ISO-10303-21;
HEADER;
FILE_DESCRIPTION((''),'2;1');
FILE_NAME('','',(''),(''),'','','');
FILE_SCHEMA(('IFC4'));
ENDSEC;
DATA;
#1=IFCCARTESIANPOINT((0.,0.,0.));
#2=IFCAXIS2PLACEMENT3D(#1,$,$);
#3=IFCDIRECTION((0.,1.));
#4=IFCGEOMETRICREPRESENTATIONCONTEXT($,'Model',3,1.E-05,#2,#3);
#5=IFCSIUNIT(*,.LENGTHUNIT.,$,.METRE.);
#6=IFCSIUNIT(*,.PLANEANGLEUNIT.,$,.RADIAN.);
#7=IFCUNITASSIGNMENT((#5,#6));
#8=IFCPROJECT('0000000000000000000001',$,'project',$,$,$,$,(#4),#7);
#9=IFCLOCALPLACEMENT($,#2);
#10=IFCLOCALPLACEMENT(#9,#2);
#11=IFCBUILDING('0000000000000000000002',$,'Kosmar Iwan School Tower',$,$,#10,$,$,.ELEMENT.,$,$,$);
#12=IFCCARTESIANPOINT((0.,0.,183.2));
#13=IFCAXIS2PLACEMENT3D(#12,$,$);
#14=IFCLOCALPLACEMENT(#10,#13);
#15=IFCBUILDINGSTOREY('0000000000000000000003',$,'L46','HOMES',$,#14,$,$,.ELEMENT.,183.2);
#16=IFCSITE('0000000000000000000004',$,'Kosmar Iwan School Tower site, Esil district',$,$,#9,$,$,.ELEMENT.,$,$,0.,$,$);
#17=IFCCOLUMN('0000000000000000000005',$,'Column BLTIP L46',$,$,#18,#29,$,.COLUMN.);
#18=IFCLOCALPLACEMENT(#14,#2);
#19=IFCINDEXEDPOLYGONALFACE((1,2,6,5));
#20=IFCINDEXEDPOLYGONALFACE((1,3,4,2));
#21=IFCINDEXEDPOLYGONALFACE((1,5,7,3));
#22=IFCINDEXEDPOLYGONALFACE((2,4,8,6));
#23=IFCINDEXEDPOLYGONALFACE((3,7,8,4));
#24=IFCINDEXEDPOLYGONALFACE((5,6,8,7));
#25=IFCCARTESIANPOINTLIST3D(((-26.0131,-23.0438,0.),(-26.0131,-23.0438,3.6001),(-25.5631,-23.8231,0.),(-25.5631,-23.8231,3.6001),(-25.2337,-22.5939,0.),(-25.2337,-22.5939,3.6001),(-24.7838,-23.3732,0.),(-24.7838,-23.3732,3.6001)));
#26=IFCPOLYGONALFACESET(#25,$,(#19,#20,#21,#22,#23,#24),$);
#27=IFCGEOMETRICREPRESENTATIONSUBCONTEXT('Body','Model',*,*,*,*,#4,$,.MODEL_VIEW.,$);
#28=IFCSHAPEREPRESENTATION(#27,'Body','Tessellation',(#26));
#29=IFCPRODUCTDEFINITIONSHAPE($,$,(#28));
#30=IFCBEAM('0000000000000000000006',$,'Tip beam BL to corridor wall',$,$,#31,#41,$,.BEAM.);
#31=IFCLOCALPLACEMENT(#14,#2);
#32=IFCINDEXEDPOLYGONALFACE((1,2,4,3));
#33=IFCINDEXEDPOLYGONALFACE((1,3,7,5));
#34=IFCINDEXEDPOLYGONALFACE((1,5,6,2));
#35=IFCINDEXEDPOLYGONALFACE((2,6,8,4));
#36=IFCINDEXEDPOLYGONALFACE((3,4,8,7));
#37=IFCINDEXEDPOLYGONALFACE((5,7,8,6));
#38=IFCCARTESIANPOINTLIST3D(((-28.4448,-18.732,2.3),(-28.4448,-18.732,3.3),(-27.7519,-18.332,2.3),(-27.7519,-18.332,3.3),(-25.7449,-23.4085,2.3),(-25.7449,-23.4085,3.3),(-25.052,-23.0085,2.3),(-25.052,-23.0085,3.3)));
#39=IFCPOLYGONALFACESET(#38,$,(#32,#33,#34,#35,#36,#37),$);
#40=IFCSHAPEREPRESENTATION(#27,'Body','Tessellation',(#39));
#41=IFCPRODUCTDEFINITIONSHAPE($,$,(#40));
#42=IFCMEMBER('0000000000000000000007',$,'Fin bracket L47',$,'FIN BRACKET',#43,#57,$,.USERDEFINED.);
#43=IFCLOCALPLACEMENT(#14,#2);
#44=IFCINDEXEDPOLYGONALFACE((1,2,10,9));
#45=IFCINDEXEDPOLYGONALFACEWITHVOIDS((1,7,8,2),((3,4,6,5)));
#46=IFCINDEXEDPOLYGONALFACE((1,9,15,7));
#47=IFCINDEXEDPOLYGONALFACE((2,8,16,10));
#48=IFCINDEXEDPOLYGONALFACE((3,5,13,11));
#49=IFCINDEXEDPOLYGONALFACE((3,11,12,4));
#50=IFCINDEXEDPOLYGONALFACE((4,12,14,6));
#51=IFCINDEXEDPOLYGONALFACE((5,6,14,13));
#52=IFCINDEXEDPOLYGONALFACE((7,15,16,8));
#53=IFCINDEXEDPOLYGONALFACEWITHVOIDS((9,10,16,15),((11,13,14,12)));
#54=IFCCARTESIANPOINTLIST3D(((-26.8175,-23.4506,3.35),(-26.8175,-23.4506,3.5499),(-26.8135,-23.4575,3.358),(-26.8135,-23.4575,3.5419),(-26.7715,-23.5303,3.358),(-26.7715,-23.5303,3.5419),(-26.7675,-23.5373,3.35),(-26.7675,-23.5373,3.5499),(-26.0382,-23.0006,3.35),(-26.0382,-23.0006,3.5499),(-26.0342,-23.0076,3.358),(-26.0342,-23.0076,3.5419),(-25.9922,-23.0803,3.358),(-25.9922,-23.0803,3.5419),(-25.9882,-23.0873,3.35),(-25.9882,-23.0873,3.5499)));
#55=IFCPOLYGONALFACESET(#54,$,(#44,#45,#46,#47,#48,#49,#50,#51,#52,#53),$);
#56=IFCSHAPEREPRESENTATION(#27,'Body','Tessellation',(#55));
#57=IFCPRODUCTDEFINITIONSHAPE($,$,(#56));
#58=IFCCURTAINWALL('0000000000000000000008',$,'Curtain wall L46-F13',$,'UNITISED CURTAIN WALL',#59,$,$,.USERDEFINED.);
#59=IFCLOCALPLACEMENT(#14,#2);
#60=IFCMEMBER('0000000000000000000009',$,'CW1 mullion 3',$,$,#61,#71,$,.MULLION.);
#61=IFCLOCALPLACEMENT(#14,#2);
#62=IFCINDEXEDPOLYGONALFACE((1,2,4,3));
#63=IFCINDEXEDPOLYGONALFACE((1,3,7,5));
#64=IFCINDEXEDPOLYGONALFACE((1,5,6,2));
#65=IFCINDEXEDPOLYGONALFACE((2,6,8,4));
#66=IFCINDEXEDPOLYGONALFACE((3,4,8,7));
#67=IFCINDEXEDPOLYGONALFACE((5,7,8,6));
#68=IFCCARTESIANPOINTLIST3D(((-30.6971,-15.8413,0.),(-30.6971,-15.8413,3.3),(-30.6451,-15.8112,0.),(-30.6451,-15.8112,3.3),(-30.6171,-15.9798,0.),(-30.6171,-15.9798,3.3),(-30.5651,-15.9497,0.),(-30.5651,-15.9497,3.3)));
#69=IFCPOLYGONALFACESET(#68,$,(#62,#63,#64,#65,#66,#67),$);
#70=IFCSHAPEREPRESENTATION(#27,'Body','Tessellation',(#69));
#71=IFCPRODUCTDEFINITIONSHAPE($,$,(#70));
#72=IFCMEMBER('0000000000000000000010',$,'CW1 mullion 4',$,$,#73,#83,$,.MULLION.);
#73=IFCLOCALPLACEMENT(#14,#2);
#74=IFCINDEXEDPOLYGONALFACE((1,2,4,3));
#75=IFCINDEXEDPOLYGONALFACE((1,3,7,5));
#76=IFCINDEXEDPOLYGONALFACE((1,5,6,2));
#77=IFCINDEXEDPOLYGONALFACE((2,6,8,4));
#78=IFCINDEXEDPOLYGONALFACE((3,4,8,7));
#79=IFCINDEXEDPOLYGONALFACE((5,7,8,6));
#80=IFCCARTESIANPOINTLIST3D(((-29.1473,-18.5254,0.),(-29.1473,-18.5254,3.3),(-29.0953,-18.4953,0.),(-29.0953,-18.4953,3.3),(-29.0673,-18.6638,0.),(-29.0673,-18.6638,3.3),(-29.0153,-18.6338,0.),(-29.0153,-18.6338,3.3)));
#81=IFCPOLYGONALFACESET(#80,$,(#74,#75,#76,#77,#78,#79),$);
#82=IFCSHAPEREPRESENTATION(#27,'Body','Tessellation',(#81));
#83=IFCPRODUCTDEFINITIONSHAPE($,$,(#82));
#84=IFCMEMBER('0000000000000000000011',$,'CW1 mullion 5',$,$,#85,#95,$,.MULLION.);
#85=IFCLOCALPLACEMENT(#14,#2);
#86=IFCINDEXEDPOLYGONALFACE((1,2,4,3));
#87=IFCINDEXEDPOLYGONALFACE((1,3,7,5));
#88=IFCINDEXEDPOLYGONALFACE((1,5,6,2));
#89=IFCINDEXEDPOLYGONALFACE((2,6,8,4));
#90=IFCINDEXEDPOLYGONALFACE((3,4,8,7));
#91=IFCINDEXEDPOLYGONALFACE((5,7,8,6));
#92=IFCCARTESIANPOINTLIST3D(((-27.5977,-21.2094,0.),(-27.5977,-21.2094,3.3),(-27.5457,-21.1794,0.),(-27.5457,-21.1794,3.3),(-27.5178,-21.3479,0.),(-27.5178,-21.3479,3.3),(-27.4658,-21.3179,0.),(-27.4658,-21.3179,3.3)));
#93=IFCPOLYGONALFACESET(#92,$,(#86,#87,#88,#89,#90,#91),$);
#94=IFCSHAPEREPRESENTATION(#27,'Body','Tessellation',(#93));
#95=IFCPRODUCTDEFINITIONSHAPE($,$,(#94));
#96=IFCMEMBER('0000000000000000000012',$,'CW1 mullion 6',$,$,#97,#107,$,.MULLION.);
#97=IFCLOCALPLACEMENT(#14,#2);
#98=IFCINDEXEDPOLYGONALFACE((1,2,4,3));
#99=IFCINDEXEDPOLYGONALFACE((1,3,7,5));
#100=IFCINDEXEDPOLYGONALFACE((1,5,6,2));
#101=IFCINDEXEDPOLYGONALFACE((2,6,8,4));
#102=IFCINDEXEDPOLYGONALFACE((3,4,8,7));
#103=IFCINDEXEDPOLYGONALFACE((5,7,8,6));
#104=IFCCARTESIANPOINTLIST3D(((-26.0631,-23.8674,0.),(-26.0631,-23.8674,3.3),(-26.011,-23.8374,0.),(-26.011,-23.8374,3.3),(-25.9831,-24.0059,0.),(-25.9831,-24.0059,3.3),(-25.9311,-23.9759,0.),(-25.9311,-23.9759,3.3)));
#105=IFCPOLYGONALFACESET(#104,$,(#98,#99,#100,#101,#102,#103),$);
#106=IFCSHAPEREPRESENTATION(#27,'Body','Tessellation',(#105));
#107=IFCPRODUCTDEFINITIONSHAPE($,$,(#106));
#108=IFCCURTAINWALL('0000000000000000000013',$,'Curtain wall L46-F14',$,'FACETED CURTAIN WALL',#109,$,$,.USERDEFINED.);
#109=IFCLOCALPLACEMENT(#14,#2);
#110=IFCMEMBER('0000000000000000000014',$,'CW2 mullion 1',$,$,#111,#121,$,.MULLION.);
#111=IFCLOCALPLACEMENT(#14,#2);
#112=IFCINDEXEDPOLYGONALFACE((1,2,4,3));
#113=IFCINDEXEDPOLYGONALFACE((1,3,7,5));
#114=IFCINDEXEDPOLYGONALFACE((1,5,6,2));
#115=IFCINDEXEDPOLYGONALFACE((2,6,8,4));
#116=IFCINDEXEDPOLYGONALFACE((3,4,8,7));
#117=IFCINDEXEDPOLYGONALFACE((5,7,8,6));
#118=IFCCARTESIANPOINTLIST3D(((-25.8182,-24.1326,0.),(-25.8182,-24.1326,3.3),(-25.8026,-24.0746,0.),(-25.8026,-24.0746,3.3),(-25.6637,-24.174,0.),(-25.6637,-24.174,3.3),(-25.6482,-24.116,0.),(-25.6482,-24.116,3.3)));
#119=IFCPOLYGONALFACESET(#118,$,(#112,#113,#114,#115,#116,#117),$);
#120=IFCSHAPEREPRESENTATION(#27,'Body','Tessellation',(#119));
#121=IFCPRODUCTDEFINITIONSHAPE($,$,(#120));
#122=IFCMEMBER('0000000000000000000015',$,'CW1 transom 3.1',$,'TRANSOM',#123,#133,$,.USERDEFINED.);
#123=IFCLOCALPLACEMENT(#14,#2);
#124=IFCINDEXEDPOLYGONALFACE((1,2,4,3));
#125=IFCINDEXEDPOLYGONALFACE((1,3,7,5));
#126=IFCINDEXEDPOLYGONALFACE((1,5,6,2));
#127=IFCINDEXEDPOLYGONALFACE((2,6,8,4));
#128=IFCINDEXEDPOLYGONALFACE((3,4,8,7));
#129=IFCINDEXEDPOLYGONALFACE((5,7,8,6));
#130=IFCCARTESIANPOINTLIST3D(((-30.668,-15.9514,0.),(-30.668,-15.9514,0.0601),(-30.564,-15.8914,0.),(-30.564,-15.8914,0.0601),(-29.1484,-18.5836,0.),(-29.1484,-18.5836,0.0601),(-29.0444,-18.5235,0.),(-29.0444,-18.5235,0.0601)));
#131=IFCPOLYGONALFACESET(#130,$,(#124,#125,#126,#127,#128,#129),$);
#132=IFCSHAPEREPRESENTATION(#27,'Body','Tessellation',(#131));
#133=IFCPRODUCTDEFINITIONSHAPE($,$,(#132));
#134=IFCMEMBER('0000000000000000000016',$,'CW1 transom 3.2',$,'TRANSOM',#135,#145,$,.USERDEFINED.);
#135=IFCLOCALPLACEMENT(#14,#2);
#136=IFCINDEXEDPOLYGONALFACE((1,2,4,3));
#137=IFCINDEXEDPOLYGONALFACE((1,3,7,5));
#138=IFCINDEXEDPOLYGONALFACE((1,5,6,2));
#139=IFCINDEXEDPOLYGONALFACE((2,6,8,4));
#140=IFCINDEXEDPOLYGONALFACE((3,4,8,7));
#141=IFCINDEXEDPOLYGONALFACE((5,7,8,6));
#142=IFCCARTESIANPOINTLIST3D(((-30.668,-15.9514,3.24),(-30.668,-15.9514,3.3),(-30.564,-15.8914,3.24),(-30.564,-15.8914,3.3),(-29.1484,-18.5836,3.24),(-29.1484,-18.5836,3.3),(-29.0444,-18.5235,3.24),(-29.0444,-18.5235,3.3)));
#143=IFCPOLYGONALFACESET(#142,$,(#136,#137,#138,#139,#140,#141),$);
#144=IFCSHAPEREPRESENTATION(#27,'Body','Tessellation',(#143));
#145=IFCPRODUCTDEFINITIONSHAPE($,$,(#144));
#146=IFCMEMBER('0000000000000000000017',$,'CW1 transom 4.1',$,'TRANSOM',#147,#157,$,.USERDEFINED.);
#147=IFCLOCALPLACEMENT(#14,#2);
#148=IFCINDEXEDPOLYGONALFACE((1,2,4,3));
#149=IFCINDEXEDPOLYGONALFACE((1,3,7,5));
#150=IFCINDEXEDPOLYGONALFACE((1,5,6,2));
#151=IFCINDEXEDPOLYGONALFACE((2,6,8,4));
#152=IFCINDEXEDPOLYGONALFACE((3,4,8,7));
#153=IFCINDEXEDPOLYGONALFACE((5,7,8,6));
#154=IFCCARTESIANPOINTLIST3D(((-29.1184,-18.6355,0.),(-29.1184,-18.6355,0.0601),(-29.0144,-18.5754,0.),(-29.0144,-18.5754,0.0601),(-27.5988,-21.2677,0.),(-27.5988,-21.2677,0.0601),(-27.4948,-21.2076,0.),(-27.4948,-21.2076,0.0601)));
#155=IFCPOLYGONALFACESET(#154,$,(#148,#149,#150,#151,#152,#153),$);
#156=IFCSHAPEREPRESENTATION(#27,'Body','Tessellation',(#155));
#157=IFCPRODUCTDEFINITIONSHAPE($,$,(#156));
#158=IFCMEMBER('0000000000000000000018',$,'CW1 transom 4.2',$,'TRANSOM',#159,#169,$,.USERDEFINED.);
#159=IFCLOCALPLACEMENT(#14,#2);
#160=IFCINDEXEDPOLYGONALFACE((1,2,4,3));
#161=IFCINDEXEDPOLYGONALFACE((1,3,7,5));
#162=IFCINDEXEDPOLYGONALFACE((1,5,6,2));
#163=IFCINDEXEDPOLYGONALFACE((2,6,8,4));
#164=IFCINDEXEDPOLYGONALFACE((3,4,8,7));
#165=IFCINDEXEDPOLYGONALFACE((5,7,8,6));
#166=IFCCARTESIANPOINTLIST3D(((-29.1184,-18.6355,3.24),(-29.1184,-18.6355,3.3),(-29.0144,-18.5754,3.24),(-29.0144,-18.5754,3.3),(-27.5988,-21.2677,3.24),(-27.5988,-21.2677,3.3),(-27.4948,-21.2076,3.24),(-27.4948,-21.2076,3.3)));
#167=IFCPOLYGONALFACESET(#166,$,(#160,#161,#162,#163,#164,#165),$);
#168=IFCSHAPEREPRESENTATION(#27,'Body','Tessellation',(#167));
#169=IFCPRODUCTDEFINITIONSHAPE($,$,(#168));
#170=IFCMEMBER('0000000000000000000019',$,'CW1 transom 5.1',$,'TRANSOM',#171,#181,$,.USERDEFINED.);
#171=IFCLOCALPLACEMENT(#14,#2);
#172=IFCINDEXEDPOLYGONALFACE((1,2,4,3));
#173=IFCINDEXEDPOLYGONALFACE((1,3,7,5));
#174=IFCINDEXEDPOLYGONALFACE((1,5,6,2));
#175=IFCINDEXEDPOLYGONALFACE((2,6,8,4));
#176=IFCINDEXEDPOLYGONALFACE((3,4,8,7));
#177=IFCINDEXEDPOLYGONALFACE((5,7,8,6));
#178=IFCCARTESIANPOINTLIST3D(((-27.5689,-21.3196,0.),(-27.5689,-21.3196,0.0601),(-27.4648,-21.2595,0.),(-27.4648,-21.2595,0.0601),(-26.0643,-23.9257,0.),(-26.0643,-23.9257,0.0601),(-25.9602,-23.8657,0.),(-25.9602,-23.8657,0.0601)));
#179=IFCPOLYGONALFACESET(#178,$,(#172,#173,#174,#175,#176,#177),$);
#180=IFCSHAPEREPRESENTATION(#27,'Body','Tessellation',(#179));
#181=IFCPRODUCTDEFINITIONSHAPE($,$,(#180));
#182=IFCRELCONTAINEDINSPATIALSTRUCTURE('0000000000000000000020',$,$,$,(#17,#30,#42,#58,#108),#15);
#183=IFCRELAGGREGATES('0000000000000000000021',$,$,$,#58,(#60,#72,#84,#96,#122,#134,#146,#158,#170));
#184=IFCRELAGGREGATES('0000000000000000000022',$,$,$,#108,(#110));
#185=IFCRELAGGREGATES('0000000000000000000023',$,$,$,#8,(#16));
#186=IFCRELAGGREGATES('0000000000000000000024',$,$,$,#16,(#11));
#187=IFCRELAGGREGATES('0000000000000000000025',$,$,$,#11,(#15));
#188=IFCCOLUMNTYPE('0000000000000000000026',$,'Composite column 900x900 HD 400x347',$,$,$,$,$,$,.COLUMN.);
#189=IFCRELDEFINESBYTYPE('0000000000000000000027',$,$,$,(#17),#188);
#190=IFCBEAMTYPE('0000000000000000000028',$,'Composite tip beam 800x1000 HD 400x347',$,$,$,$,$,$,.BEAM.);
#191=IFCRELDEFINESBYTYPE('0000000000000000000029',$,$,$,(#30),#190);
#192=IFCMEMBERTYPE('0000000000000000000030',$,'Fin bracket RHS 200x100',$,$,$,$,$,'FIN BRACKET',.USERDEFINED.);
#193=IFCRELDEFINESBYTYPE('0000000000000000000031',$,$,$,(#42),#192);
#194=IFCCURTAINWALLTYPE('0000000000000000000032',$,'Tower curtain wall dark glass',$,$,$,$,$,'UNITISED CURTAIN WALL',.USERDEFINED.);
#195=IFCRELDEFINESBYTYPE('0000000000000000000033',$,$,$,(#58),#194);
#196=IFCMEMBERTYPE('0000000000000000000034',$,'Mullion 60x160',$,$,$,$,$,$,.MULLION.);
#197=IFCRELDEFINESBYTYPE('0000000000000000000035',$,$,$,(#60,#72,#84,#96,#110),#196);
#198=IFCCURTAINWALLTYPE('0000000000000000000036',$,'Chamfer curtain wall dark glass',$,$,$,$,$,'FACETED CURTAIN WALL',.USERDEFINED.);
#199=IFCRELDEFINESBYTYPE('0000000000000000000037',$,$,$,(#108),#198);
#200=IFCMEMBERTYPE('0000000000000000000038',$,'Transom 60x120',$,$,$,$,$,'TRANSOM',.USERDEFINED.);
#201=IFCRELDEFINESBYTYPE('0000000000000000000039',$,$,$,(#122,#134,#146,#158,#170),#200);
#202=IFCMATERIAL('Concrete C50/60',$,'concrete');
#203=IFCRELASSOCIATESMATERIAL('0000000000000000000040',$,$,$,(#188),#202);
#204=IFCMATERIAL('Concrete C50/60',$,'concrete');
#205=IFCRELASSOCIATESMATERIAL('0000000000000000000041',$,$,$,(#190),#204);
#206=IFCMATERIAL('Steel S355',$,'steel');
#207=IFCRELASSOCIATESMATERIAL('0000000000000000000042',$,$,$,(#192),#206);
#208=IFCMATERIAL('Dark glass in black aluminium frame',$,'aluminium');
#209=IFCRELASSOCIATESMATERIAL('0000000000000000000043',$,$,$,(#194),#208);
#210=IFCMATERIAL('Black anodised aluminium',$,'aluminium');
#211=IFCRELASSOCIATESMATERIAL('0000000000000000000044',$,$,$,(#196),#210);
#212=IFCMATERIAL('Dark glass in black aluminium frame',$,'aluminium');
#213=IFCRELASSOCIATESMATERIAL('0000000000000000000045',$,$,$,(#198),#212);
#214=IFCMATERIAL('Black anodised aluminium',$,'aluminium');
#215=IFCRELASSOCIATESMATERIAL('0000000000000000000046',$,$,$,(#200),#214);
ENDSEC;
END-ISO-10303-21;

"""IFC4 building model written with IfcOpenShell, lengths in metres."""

from ifc_helpers import new_model, si_unit, direction, frame, origin, origin_2d, place, context, subcontext, project, spatial, rectangle, hollow_rectangle, extrude, material, material_profile, profile_set, type_object, element, aggregate, save


model = new_model("IFC4")

# Units and contexts
model_context = context("Model", 3, precision=1e-05, world=origin(), true_north=direction((0.0, 1.0)))
body_context = subcontext(model_context, "Body", "Model", "MODEL_VIEW")
ifc_project = project(units=[si_unit("LENGTHUNIT", "METRE"), si_unit("PLANEANGLEUNIT", "RADIAN")], contexts=[model_context])

# Site, building, storey
site_placement = place(None, origin())
site = spatial("IfcSite", under=ifc_project, at=site_placement, Name="Kosmar Iwan School Tower site, Esil district", CompositionType="ELEMENT", RefElevation=0.0)
building_placement = place(site_placement, origin())
building = spatial("IfcBuilding", under=site, at=building_placement, Name="Kosmar Iwan School Tower", CompositionType="ELEMENT")
storey_placement = place(building_placement, frame((0.0, 0.0, 183.2)))
storey = spatial("IfcBuildingStorey", under=building, at=storey_placement, Name="L46", Description="HOMES", CompositionType="ELEMENT", Elevation=183.2)

# Column
ifc_material_1 = material(Name="Concrete C50/60", Category="concrete")
ifc_material_profile_1 = material_profile(ifc_material_1, rectangle(XDim=0.8999, YDim=0.8999, at=origin_2d()), Name="RC 900x900 + HD 400x347")
ifc_profile_set_1 = profile_set([ifc_material_profile_1], Name="Concrete C50/60")
column_type = type_object("IfcColumnType", Name="Composite column 900x900 HD 400x347", PredefinedType="COLUMN", material=ifc_profile_set_1)
column_placement = place(storey_placement, frame((-25.3984, -23.2085, 0.0), z_axis=(0.0, 0.0, 1.0), x_axis=(-0.866025, -0.5, 0.0)))
element("IfcColumn", 1, at=column_placement, inside=storey, type_object=column_type, Name="Column BLTIP L46", PredefinedType="COLUMN", context=body_context, shape_type="SweptSolid", body=[
    extrude(rectangle(XDim=0.8999, YDim=0.8999, at=origin_2d()), origin(), (0.0, 0.0, 1.0), 3.6001),
])

# Beam
ifc_material_2 = material(Name="Concrete C50/60", Category="concrete")
ifc_material_profile_2 = material_profile(ifc_material_2, rectangle(XDim=0.8, YDim=1.0, at=origin_2d()), Name="RC 800x1000 + HD 400x347")
ifc_profile_set_2 = profile_set([ifc_material_profile_2], Name="Concrete C50/60")
beam_type = type_object("IfcBeamType", Name="Composite tip beam 800x1000 HD 400x347", PredefinedType="BEAM", material=ifc_profile_set_2)
beam_placement = place(storey_placement, frame((-25.3984, -23.2085, 2.8), z_axis=(-0.499995, 0.866028, 0.0), x_axis=(-0.866028, -0.499995, 0.0)))
element("IfcBeam", 2, at=beam_placement, inside=storey, type_object=beam_type, Name="Tip beam BL to corridor wall", PredefinedType="BEAM", context=body_context, shape_type="SweptSolid", body=[
    extrude(rectangle(XDim=0.8, YDim=1.0, at=origin_2d()), origin(), (0.0, 0.0, 1.0), 5.3999),
])

# Member
ifc_material_3 = material(Name="Steel S355", Category="steel")
ifc_material_profile_3 = material_profile(ifc_material_3, hollow_rectangle(XDim=0.1001, YDim=0.2, WallThickness=0.0081, at=origin_2d()), Name="RHS 200x100x8")
ifc_profile_set_3 = profile_set([ifc_material_profile_3], Name="Steel S355")
member_type_1 = type_object("IfcMemberType", Name="Fin bracket RHS 200x100", ElementType="FIN BRACKET", PredefinedType="USERDEFINED", material=ifc_profile_set_3)
member_1_placement = place(storey_placement, frame((-26.0132, -23.0439, 3.45), z_axis=(-0.866014, -0.50002, 0.0), x_axis=(0.50002, -0.866014, 0.0)))
element("IfcMember", 3, at=member_1_placement, inside=storey, type_object=member_type_1, Name="Fin bracket L47", ObjectType="FIN BRACKET", PredefinedType="USERDEFINED", context=body_context, shape_type="SweptSolid", body=[
    extrude(hollow_rectangle(XDim=0.1001, YDim=0.2, WallThickness=0.0081, at=origin_2d()), origin(), (0.0, 0.0, 1.0), 0.8999),
])

# Curtain wall, members
ifc_material_4 = material(Name="Dark glass in black aluminium frame", Category="aluminium")
curtain_wall_type_1 = type_object("IfcCurtainWallType", Name="Tower curtain wall dark glass", ElementType="UNITISED CURTAIN WALL", PredefinedType="USERDEFINED", material=ifc_material_4)
curtain_wall_1_placement = place(storey_placement, origin())
curtain_wall_1 = element("IfcCurtainWall", 4, at=curtain_wall_1_placement, inside=storey, type_object=curtain_wall_type_1, Name="Curtain wall L46-F13", ObjectType="UNITISED CURTAIN WALL", PredefinedType="USERDEFINED")
ifc_material_5 = material(Name="Black anodised aluminium", Category="aluminium")
ifc_material_profile_4 = material_profile(ifc_material_5, rectangle(XDim=0.0601, YDim=0.1599, at=origin_2d()), Name="MULLION 60x160")
ifc_profile_set_4 = profile_set([ifc_material_profile_4], Name="Black anodised aluminium")
member_type_2 = type_object("IfcMemberType", Name="Mullion 60x160", PredefinedType="MULLION", material=ifc_profile_set_4)
member_2_placement = place(storey_placement, frame((-30.6311, -15.8955, 0.0), z_axis=(0.0, 0.0, 1.0), x_axis=(0.866025, 0.5, 0.0)))
member_2 = element("IfcMember", 5, at=member_2_placement, type_object=member_type_2, Name="CW1 mullion 3", PredefinedType="MULLION", context=body_context, shape_type="SweptSolid", body=[
    extrude(rectangle(XDim=0.0601, YDim=0.1599, at=origin_2d()), origin(), (0.0, 0.0, 1.0), 3.3),
])
member_3_placement = place(storey_placement, frame((-29.0813, -18.5796, 0.0), z_axis=(0.0, 0.0, 1.0), x_axis=(0.866025, 0.5, 0.0)))
member_3 = element("IfcMember", 6, at=member_3_placement, type_object=member_type_2, Name="CW1 mullion 4", PredefinedType="MULLION", context=body_context, shape_type="SweptSolid", body=[
    extrude(rectangle(XDim=0.0601, YDim=0.1599, at=origin_2d()), origin(), (0.0, 0.0, 1.0), 3.3),
])
member_4_placement = place(storey_placement, frame((-27.5317, -21.2637, 0.0), z_axis=(0.0, 0.0, 1.0), x_axis=(0.866025, 0.5, 0.0)))
member_4 = element("IfcMember", 7, at=member_4_placement, type_object=member_type_2, Name="CW1 mullion 5", PredefinedType="MULLION", context=body_context, shape_type="SweptSolid", body=[
    extrude(rectangle(XDim=0.0601, YDim=0.1599, at=origin_2d()), origin(), (0.0, 0.0, 1.0), 3.3),
])
member_5_placement = place(storey_placement, frame((-25.9971, -23.9216, 0.0), z_axis=(0.0, 0.0, 1.0), x_axis=(0.866025, 0.5, 0.0)))
member_5 = element("IfcMember", 8, at=member_5_placement, type_object=member_type_2, Name="CW1 mullion 6", PredefinedType="MULLION", context=body_context, shape_type="SweptSolid", body=[
    extrude(rectangle(XDim=0.0601, YDim=0.1599, at=origin_2d()), origin(), (0.0, 0.0, 1.0), 3.3),
])

# Curtain wall, member
ifc_material_6 = material(Name="Dark glass in black aluminium frame", Category="aluminium")
curtain_wall_type_2 = type_object("IfcCurtainWallType", Name="Chamfer curtain wall dark glass", ElementType="FACETED CURTAIN WALL", PredefinedType="USERDEFINED", material=ifc_material_6)
curtain_wall_2_placement = place(storey_placement, origin())
curtain_wall_2 = element("IfcCurtainWall", 9, at=curtain_wall_2_placement, inside=storey, type_object=curtain_wall_type_2, Name="Curtain wall L46-F14", ObjectType="FACETED CURTAIN WALL", PredefinedType="USERDEFINED")
member_6_placement = place(storey_placement, frame((-25.7332, -24.1243, 0.0), z_axis=(0.0, 0.0, 1.0), x_axis=(0.258819, 0.965926, 0.0)))
member_6 = element("IfcMember", 10, at=member_6_placement, type_object=member_type_2, Name="CW2 mullion 1", PredefinedType="MULLION", context=body_context, shape_type="SweptSolid", body=[
    extrude(rectangle(XDim=0.0601, YDim=0.1599, at=origin_2d()), origin(), (0.0, 0.0, 1.0), 3.3),
])

# Members
ifc_material_7 = material(Name="Black anodised aluminium", Category="aluminium")
ifc_material_profile_5 = material_profile(ifc_material_7, rectangle(XDim=0.1201, YDim=0.0601, at=origin_2d()), Name="TRANSOM 60x120")
ifc_profile_set_5 = profile_set([ifc_material_profile_5], Name="Black anodised aluminium")
member_type_3 = type_object("IfcMemberType", Name="Transom 60x120", ElementType="TRANSOM", PredefinedType="USERDEFINED", material=ifc_profile_set_5)
member_7_placement = place(storey_placement, frame((-30.616, -15.9214, 0.03), z_axis=(0.499975, -0.86604, 0.0), x_axis=(0.86604, 0.499975, 0.0)))
member_7 = element("IfcMember", 11, at=member_7_placement, type_object=member_type_3, Name="CW1 transom 3.1", ObjectType="TRANSOM", PredefinedType="USERDEFINED", context=body_context, shape_type="SweptSolid", body=[
    extrude(rectangle(XDim=0.1201, YDim=0.0601, at=origin_2d()), origin(), (0.0, 0.0, 1.0), 3.0393),
])
member_8_placement = place(storey_placement, frame((-30.616, -15.9214, 3.27), z_axis=(0.499975, -0.86604, 0.0), x_axis=(0.86604, 0.499975, 0.0)))
member_8 = element("IfcMember", 12, at=member_8_placement, type_object=member_type_3, Name="CW1 transom 3.2", ObjectType="TRANSOM", PredefinedType="USERDEFINED", context=body_context, shape_type="SweptSolid", body=[
    extrude(rectangle(XDim=0.1201, YDim=0.0601, at=origin_2d()), origin(), (0.0, 0.0, 1.0), 3.0393),
])
member_9_placement = place(storey_placement, frame((-29.0664, -18.6055, 0.03), z_axis=(0.499975, -0.86604, 0.0), x_axis=(0.86604, 0.499975, 0.0)))
member_9 = element("IfcMember", 13, at=member_9_placement, type_object=member_type_3, Name="CW1 transom 4.1", ObjectType="TRANSOM", PredefinedType="USERDEFINED", context=body_context, shape_type="SweptSolid", body=[
    extrude(rectangle(XDim=0.1201, YDim=0.0601, at=origin_2d()), origin(), (0.0, 0.0, 1.0), 3.0393),
])
member_10_placement = place(storey_placement, frame((-29.0664, -18.6055, 3.27), z_axis=(0.499975, -0.86604, 0.0), x_axis=(0.86604, 0.499975, 0.0)))
member_10 = element("IfcMember", 14, at=member_10_placement, type_object=member_type_3, Name="CW1 transom 4.2", ObjectType="TRANSOM", PredefinedType="USERDEFINED", context=body_context, shape_type="SweptSolid", body=[
    extrude(rectangle(XDim=0.1201, YDim=0.0601, at=origin_2d()), origin(), (0.0, 0.0, 1.0), 3.0393),
])
member_11_placement = place(storey_placement, frame((-27.5168, -21.2896, 0.03), z_axis=(0.499987, -0.866033, 0.0), x_axis=(0.866033, 0.499987, 0.0)))
member_11 = element("IfcMember", 15, at=member_11_placement, type_object=member_type_3, Name="CW1 transom 5.1", ObjectType="TRANSOM", PredefinedType="USERDEFINED", context=body_context, shape_type="SweptSolid", body=[
    extrude(rectangle(XDim=0.1201, YDim=0.0601, at=origin_2d()), origin(), (0.0, 0.0, 1.0), 3.0093),
])

aggregate(curtain_wall_1, [member_2, member_3, member_4, member_5, member_7, member_8, member_9, member_10, member_11])
aggregate(curtain_wall_2, [member_6])

save(model, "model.ifc")
